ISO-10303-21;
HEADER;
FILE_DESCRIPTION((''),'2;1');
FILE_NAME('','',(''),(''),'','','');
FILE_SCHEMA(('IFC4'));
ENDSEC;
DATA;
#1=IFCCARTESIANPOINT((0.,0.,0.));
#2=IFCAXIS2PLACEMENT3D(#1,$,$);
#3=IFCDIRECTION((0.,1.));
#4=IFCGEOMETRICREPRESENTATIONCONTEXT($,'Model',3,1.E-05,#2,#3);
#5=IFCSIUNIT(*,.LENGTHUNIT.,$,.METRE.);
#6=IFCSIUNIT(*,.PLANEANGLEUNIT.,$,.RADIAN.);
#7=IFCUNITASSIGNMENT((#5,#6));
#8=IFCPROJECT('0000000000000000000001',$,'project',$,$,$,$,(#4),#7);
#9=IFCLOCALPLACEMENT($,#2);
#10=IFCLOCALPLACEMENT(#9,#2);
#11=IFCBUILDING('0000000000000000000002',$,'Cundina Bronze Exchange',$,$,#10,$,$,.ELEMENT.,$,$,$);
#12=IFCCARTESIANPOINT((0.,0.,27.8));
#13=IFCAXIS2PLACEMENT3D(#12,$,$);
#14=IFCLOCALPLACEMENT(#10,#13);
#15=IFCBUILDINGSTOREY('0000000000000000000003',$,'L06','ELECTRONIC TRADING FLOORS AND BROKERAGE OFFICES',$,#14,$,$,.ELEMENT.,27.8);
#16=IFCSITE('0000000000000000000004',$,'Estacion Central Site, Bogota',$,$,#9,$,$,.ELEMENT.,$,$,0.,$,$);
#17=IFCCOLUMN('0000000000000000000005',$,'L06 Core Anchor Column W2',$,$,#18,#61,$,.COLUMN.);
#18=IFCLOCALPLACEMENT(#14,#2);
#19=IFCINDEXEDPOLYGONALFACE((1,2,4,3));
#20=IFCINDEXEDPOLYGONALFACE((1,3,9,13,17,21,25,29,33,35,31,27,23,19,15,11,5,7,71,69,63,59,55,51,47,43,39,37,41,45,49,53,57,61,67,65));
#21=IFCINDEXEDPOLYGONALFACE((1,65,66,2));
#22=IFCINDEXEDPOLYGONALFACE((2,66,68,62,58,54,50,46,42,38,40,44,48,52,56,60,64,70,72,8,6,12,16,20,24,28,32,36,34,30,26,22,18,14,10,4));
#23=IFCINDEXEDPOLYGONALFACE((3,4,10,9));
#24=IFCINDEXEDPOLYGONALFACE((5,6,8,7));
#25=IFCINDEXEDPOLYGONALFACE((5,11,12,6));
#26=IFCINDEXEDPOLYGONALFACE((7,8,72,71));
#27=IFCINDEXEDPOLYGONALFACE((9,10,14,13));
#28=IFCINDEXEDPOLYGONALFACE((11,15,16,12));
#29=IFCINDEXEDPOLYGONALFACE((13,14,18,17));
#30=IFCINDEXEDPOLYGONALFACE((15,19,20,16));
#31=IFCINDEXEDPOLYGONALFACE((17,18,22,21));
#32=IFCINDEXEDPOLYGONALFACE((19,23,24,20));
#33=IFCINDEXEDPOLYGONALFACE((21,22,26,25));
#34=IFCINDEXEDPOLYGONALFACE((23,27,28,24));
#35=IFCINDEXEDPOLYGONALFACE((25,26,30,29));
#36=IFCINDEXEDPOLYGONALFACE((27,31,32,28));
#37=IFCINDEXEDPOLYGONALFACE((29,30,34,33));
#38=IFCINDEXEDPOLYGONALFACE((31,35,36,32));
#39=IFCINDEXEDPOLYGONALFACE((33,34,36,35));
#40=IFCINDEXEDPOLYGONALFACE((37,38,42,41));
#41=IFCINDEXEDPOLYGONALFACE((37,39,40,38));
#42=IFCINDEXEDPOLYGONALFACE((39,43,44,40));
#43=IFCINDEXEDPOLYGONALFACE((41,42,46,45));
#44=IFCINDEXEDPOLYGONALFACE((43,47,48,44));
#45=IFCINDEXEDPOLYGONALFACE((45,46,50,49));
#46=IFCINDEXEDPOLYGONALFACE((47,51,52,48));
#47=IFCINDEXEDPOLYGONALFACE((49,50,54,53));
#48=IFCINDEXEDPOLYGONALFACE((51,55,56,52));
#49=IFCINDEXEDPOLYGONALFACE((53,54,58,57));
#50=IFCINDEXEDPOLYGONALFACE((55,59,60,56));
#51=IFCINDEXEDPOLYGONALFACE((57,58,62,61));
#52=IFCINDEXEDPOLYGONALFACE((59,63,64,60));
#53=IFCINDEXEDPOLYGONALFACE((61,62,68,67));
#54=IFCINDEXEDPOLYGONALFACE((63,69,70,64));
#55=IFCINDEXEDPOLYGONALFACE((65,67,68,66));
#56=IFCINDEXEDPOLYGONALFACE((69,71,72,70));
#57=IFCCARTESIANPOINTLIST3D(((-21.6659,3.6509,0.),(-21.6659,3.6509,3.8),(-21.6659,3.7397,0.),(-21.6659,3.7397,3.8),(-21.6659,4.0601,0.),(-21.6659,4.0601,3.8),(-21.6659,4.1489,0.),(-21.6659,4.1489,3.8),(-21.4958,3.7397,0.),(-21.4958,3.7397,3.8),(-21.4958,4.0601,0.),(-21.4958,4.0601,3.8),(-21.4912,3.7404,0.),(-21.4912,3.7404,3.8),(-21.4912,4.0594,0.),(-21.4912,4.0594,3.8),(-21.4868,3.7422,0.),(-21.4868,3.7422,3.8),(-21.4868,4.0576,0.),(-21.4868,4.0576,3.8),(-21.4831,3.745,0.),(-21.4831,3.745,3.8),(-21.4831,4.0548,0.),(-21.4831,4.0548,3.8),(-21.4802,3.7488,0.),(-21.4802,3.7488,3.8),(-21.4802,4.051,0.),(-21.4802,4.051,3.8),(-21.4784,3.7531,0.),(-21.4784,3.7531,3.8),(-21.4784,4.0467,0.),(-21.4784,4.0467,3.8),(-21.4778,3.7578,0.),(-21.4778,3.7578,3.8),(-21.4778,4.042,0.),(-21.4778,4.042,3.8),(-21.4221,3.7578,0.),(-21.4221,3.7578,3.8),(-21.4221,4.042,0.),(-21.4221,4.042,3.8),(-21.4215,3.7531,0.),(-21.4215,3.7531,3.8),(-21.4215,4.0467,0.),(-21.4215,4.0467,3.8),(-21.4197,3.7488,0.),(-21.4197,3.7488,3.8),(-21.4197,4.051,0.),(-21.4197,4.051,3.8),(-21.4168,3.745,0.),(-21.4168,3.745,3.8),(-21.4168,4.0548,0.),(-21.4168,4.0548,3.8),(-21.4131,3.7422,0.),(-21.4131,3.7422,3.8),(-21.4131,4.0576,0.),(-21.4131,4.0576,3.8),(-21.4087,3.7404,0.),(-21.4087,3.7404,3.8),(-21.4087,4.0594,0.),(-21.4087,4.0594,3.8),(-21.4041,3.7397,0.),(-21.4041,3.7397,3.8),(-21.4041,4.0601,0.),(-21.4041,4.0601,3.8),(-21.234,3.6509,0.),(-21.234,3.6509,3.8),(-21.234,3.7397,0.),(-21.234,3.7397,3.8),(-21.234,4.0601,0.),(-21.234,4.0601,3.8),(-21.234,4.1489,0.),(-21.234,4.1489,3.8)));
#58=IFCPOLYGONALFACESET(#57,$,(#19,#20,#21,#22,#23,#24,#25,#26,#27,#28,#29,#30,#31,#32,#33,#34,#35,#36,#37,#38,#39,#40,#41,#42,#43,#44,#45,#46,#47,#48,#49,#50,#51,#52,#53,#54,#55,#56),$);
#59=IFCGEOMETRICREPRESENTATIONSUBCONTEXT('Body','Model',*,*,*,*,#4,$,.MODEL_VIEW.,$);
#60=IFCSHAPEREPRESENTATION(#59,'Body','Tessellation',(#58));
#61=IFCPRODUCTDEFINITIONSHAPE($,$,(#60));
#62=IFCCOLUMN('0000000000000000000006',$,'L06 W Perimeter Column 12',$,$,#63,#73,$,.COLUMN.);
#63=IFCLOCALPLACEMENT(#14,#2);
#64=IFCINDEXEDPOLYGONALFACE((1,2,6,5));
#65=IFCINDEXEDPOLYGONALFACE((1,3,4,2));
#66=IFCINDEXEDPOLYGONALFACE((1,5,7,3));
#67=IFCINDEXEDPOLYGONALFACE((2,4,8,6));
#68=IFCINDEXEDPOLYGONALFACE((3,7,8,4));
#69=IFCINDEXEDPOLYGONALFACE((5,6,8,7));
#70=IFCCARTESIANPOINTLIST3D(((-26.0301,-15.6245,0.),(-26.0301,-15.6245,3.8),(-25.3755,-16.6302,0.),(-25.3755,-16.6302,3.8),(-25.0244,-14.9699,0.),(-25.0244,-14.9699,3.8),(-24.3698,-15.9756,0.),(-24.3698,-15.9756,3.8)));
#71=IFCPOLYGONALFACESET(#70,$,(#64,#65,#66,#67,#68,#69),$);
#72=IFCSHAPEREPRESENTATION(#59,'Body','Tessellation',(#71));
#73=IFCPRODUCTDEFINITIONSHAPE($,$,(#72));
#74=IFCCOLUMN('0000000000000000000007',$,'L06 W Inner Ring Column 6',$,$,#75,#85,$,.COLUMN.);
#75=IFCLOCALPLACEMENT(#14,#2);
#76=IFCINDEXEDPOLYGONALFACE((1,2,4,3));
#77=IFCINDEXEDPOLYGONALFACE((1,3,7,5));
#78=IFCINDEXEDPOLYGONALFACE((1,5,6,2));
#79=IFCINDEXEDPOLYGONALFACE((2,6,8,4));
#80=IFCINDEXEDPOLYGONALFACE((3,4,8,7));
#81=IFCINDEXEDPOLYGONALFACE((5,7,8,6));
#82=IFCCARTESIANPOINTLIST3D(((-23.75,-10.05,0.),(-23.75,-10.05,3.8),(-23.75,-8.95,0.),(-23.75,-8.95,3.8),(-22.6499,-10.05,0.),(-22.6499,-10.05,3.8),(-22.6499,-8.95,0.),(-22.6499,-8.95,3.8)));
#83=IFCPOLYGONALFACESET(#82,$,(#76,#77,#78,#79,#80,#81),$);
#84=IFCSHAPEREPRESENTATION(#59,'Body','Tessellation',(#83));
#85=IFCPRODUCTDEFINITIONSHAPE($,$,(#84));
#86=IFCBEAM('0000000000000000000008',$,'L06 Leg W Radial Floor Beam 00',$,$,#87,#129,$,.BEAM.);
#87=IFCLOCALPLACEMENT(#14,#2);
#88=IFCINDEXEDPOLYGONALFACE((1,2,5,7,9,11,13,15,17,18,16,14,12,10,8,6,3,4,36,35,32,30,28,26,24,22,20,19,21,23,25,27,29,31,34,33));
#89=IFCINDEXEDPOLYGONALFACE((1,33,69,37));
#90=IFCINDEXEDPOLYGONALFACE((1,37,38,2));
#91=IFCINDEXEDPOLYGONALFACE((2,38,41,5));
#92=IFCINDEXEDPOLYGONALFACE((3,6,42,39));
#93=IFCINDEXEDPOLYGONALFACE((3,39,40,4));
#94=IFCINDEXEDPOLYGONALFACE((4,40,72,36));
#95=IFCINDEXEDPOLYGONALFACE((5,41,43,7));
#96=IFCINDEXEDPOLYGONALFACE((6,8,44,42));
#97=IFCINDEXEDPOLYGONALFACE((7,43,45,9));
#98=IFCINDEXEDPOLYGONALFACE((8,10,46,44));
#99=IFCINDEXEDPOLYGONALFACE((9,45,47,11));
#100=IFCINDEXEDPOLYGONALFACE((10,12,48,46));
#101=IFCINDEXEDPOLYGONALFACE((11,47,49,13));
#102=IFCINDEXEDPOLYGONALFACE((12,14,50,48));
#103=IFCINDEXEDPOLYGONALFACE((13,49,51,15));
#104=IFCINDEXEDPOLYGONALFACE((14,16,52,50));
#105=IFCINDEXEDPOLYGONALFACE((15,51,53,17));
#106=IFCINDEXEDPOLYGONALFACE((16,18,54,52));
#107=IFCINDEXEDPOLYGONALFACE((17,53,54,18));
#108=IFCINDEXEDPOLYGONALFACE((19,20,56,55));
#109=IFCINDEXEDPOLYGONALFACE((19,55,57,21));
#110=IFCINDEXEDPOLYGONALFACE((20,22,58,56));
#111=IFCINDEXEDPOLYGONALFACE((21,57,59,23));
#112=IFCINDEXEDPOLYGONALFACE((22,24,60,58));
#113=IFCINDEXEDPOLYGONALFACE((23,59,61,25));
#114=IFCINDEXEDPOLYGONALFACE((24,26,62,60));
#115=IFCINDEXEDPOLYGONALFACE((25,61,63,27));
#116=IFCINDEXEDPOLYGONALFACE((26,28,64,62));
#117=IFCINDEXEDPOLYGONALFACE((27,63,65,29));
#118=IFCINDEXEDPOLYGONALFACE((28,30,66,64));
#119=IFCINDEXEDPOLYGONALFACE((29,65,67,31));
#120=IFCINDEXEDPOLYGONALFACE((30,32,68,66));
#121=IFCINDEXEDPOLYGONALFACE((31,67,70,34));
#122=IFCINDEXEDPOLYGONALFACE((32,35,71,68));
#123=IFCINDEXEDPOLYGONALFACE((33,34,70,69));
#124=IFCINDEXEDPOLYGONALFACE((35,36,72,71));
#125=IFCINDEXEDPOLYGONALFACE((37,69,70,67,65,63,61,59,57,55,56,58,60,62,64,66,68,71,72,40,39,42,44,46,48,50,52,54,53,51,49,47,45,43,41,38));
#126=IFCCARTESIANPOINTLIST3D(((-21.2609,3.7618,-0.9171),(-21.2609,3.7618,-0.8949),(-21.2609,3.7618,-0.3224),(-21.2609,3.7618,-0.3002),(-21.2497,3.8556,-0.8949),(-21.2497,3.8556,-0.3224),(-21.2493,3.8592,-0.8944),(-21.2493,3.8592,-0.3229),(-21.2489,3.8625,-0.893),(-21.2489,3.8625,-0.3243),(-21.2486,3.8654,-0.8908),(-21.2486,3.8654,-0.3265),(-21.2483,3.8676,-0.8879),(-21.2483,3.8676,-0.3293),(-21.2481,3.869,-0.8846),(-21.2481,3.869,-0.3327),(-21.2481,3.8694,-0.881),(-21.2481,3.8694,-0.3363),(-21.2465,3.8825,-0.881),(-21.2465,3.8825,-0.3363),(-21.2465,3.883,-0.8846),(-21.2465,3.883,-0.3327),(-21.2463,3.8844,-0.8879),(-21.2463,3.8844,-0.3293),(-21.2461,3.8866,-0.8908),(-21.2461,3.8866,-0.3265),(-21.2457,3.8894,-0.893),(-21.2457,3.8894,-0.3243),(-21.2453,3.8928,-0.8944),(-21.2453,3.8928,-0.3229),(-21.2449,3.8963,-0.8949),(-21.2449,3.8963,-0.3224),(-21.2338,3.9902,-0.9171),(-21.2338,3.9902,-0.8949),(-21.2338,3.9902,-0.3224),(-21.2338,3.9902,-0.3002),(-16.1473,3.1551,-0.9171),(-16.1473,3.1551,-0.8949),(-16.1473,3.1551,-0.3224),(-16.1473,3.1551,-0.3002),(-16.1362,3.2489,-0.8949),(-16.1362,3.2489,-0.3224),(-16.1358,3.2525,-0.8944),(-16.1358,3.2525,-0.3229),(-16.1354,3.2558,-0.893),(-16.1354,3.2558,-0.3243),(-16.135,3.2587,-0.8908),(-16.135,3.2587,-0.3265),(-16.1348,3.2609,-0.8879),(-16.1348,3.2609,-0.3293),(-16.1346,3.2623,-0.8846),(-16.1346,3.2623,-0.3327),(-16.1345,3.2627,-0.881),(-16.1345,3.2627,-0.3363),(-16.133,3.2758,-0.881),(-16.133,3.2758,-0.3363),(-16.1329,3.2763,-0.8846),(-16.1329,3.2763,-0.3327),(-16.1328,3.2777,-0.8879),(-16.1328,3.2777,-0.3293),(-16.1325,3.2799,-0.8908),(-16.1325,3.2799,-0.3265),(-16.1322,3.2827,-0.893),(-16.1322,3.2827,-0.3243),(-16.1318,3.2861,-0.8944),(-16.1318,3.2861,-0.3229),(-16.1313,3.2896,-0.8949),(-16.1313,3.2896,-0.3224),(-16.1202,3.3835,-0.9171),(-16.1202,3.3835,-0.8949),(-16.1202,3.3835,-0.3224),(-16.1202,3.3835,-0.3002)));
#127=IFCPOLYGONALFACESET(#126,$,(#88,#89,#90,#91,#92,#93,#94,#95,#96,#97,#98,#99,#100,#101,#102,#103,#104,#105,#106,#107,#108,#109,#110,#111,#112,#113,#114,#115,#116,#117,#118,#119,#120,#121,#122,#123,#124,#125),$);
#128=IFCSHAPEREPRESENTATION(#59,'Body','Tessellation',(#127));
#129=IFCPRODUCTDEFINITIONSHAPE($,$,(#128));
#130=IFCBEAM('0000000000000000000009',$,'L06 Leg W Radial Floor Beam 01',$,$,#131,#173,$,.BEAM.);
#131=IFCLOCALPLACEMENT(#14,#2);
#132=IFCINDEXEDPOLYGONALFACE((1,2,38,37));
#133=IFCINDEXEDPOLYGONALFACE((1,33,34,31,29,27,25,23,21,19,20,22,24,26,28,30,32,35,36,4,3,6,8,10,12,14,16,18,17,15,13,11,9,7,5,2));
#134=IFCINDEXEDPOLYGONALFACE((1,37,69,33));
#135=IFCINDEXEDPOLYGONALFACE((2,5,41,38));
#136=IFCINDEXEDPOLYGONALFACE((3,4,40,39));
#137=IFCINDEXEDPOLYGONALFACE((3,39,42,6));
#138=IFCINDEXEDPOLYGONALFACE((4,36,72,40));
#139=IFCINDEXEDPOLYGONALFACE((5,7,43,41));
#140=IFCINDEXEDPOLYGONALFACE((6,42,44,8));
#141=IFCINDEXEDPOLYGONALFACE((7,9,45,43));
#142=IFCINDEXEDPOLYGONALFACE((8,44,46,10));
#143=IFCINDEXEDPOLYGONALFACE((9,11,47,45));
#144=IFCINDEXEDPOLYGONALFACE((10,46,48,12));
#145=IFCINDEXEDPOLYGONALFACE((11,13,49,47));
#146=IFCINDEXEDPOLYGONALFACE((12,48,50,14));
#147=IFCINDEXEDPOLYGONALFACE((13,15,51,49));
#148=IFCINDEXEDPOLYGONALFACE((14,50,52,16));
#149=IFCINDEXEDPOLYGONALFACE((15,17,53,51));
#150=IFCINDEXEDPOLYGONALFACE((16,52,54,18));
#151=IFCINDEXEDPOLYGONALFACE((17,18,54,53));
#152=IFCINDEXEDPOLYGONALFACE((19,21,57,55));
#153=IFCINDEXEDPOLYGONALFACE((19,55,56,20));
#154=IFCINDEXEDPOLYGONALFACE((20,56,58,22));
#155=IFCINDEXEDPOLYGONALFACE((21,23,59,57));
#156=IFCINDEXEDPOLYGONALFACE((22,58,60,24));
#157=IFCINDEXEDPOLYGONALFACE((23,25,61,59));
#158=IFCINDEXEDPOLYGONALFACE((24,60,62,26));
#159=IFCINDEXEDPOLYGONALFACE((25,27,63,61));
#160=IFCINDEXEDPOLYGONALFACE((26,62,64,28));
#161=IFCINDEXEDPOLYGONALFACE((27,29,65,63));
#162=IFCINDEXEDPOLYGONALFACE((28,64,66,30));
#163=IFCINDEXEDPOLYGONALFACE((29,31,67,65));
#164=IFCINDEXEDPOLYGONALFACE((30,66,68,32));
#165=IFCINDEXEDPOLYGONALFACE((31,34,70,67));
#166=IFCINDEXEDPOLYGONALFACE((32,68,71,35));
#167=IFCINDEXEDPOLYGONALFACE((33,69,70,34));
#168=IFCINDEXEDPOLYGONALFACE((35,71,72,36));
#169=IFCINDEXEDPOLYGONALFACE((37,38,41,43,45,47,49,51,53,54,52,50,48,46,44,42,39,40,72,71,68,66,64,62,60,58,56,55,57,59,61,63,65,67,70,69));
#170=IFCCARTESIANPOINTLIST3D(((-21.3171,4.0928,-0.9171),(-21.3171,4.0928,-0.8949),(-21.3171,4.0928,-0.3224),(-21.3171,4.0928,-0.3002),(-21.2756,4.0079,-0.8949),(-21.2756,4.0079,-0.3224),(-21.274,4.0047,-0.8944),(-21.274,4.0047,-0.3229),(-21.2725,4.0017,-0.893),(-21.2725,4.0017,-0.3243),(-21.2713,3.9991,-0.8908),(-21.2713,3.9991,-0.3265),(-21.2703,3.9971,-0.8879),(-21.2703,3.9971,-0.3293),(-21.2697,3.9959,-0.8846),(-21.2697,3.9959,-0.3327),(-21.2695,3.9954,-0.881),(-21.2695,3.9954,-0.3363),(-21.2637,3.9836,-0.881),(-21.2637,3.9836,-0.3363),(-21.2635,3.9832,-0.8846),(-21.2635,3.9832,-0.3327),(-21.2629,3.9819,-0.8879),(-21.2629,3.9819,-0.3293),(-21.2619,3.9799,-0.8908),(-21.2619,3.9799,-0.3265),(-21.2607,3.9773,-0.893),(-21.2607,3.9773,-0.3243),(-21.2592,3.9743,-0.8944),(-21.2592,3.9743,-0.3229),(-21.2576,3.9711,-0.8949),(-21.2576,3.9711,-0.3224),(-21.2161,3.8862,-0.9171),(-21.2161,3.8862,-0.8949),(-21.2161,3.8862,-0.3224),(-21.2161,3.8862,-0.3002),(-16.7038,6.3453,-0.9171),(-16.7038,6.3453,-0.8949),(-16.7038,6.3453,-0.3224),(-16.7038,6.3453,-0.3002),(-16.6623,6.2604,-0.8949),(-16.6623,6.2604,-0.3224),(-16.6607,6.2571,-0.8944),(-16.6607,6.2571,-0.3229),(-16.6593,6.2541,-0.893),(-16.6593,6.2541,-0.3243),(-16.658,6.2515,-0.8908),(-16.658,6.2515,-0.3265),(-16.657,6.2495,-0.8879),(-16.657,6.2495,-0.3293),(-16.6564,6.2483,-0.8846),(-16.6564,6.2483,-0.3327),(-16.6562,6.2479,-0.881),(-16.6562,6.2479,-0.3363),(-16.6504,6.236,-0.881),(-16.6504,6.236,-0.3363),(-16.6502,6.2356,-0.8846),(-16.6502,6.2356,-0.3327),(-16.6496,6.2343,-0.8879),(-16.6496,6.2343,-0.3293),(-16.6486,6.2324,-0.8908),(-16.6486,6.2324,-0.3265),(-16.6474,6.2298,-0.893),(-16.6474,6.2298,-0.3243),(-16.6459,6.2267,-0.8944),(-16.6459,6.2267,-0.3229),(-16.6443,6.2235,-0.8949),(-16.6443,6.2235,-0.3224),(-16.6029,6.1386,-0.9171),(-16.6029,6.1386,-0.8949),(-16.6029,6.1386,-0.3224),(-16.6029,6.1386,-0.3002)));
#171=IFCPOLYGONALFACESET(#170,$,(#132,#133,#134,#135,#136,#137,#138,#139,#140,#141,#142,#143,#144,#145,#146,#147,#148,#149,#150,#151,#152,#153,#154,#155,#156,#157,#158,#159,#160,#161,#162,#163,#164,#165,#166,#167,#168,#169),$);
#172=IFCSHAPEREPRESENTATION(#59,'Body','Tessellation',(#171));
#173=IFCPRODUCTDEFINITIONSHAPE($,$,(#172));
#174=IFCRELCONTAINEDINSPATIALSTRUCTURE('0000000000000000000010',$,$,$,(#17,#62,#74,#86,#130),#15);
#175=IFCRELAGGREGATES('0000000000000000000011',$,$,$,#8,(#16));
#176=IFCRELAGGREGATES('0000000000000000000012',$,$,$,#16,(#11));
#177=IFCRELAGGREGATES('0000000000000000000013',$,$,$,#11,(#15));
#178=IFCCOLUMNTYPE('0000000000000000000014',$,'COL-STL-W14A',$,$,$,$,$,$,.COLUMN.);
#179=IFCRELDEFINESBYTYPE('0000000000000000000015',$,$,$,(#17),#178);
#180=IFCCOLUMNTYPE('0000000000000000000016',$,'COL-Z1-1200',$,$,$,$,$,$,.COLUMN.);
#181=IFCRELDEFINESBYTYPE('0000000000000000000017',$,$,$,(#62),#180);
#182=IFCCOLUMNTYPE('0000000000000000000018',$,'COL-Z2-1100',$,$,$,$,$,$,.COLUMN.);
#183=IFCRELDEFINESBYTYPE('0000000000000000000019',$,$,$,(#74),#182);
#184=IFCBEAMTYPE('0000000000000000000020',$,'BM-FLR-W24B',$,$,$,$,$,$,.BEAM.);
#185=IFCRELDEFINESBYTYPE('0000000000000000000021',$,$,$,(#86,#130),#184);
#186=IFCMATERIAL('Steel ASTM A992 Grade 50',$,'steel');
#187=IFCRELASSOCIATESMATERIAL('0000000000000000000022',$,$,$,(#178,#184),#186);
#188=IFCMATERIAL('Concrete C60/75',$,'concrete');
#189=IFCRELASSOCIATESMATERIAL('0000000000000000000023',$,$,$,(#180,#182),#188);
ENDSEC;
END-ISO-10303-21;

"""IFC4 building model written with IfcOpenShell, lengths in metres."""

from ifc_helpers import new_model, si_unit, direction, frame, origin, origin_2d, place, context, subcontext, project, spatial, rectangle, i_section, extrude, material, material_profile, profile_set, type_object, element, save


model = new_model("IFC4")

# Units and contexts
model_context = context("Model", 3, precision=1e-05, world=origin(), true_north=direction((0.0, 1.0)))
body_context = subcontext(model_context, "Body", "Model", "MODEL_VIEW")
ifc_project = project(units=[si_unit("LENGTHUNIT", "METRE"), si_unit("PLANEANGLEUNIT", "RADIAN")], contexts=[model_context])

# Site, building, storey
site_placement = place(None, origin())
site = spatial("IfcSite", under=ifc_project, at=site_placement, Name="Estacion Central Site, Bogota", CompositionType="ELEMENT", RefElevation=0.0)
building_placement = place(site_placement, origin())
building = spatial("IfcBuilding", under=site, at=building_placement, Name="Cundina Bronze Exchange", CompositionType="ELEMENT")
storey_placement = place(building_placement, frame((0.0, 0.0, 27.8)))
storey = spatial("IfcBuildingStorey", under=building, at=storey_placement, Name="L06", Description="ELECTRONIC TRADING FLOORS AND BROKERAGE OFFICES", CompositionType="ELEMENT", Elevation=27.8)

# Columns
ifc_material_1 = material(Name="Steel ASTM A992 Grade 50", Category="steel")
ifc_material_profile_1 = material_profile(ifc_material_1, i_section(OverallWidth=0.4319, OverallDepth=0.498, WebThickness=0.0557, FlangeThickness=0.0889, FilletRadius=0.0181, at=origin_2d()), Name="W14X500", Category="steel")
ifc_profile_set_1 = profile_set([ifc_material_profile_1], Name="Steel ASTM A992 Grade 50")
column_type_1 = type_object("IfcColumnType", Name="COL-STL-W14A", PredefinedType="COLUMN", material=ifc_profile_set_1)
column_1_placement = place(storey_placement, frame((-21.45, 3.8999, 0.0), z_axis=(0.0, 0.0, 1.0), x_axis=(1.0, 0.0, 0.0)))
element("IfcColumn", 1, at=column_1_placement, inside=storey, type_object=column_type_1, Name="L06 Core Anchor Column W2", PredefinedType="COLUMN", context=body_context, shape_type="SweptSolid", body=[
    extrude(i_section(OverallWidth=0.4319, OverallDepth=0.498, WebThickness=0.0557, FlangeThickness=0.0889, FilletRadius=0.0181, at=origin_2d()), origin(), (0.0, 0.0, 1.0), 3.8),
])
ifc_material_2 = material(Name="Concrete C60/75", Category="concrete")
ifc_material_profile_2 = material_profile(ifc_material_2, rectangle(XDim=1.2, YDim=1.2, at=origin_2d()), Name="RC1200X1200", Category="concrete")
ifc_profile_set_2 = profile_set([ifc_material_profile_2], Name="Concrete C60/75")
column_type_2 = type_object("IfcColumnType", Name="COL-Z1-1200", PredefinedType="COLUMN", material=ifc_profile_set_2)
column_2_placement = place(storey_placement, frame((-25.2, -15.8, 0.0), z_axis=(0.0, 0.0, 1.0), x_axis=(0.8381, 0.545517, 0.0)))
element("IfcColumn", 2, at=column_2_placement, inside=storey, type_object=column_type_2, Name="L06 W Perimeter Column 12", PredefinedType="COLUMN", context=body_context, shape_type="SweptSolid", body=[
    extrude(rectangle(XDim=1.2, YDim=1.2, at=origin_2d()), origin(), (0.0, 0.0, 1.0), 3.8),
])
ifc_material_profile_3 = material_profile(ifc_material_2, rectangle(XDim=1.1001, YDim=1.1001, at=origin_2d()), Name="RC1100X1100", Category="concrete")
ifc_profile_set_3 = profile_set([ifc_material_profile_3], Name="Concrete C60/75")
column_type_3 = type_object("IfcColumnType", Name="COL-Z2-1100", PredefinedType="COLUMN", material=ifc_profile_set_3)
column_3_placement = place(storey_placement, frame((-23.2, -9.5, 0.0), z_axis=(0.0, 0.0, 1.0), x_axis=(1.0, 0.0, 0.0)))
element("IfcColumn", 3, at=column_3_placement, inside=storey, type_object=column_type_3, Name="L06 W Inner Ring Column 6", PredefinedType="COLUMN", context=body_context, shape_type="SweptSolid", body=[
    extrude(rectangle(XDim=1.1001, YDim=1.1001, at=origin_2d()), origin(), (0.0, 0.0, 1.0), 3.8),
])

# Beams
ifc_material_profile_4 = material_profile(ifc_material_1, i_section(OverallWidth=0.23, OverallDepth=0.6169, WebThickness=0.0132, FlangeThickness=0.0222, FilletRadius=0.0139, at=origin_2d()), Name="W24X94", Category="steel")
ifc_profile_set_4 = profile_set([ifc_material_profile_4], Name="Steel ASTM A992 Grade 50")
beam_type_1 = type_object("IfcBeamType", Name="BM-FLR-W24B", PredefinedType="BEAM", material=ifc_profile_set_4)
beam_1_placement = place(storey_placement, frame((-21.2473, 3.876, -0.6086), z_axis=(0.993035, -0.117818, 0.0), x_axis=(0.117818, 0.993035, 0.0)))
element("IfcBeam", 4, at=beam_1_placement, inside=storey, type_object=beam_type_1, Name="L06 Leg W Radial Floor Beam 00", PredefinedType="BEAM", context=body_context, shape_type="SweptSolid", body=[
    extrude(i_section(OverallWidth=0.23, OverallDepth=0.6169, WebThickness=0.0132, FlangeThickness=0.0222, FilletRadius=0.0139, at=origin_2d()), origin(), (0.0, 0.0, 1.0), 5.1494),
])
beam_2_placement = place(storey_placement, frame((-21.2666, 3.9895, -0.6086), z_axis=(0.89861, 0.438748, 0.0), x_axis=(-0.438748, 0.89861, 0.0)))
element("IfcBeam", 5, at=beam_2_placement, inside=storey, type_object=beam_type_1, Name="L06 Leg W Radial Floor Beam 01", PredefinedType="BEAM", context=body_context, shape_type="SweptSolid", body=[
    extrude(i_section(OverallWidth=0.23, OverallDepth=0.6169, WebThickness=0.0132, FlangeThickness=0.0222, FilletRadius=0.0139, at=origin_2d()), origin(), (0.0, 0.0, 1.0), 5.1338),
])

save(model, "model.ifc")
